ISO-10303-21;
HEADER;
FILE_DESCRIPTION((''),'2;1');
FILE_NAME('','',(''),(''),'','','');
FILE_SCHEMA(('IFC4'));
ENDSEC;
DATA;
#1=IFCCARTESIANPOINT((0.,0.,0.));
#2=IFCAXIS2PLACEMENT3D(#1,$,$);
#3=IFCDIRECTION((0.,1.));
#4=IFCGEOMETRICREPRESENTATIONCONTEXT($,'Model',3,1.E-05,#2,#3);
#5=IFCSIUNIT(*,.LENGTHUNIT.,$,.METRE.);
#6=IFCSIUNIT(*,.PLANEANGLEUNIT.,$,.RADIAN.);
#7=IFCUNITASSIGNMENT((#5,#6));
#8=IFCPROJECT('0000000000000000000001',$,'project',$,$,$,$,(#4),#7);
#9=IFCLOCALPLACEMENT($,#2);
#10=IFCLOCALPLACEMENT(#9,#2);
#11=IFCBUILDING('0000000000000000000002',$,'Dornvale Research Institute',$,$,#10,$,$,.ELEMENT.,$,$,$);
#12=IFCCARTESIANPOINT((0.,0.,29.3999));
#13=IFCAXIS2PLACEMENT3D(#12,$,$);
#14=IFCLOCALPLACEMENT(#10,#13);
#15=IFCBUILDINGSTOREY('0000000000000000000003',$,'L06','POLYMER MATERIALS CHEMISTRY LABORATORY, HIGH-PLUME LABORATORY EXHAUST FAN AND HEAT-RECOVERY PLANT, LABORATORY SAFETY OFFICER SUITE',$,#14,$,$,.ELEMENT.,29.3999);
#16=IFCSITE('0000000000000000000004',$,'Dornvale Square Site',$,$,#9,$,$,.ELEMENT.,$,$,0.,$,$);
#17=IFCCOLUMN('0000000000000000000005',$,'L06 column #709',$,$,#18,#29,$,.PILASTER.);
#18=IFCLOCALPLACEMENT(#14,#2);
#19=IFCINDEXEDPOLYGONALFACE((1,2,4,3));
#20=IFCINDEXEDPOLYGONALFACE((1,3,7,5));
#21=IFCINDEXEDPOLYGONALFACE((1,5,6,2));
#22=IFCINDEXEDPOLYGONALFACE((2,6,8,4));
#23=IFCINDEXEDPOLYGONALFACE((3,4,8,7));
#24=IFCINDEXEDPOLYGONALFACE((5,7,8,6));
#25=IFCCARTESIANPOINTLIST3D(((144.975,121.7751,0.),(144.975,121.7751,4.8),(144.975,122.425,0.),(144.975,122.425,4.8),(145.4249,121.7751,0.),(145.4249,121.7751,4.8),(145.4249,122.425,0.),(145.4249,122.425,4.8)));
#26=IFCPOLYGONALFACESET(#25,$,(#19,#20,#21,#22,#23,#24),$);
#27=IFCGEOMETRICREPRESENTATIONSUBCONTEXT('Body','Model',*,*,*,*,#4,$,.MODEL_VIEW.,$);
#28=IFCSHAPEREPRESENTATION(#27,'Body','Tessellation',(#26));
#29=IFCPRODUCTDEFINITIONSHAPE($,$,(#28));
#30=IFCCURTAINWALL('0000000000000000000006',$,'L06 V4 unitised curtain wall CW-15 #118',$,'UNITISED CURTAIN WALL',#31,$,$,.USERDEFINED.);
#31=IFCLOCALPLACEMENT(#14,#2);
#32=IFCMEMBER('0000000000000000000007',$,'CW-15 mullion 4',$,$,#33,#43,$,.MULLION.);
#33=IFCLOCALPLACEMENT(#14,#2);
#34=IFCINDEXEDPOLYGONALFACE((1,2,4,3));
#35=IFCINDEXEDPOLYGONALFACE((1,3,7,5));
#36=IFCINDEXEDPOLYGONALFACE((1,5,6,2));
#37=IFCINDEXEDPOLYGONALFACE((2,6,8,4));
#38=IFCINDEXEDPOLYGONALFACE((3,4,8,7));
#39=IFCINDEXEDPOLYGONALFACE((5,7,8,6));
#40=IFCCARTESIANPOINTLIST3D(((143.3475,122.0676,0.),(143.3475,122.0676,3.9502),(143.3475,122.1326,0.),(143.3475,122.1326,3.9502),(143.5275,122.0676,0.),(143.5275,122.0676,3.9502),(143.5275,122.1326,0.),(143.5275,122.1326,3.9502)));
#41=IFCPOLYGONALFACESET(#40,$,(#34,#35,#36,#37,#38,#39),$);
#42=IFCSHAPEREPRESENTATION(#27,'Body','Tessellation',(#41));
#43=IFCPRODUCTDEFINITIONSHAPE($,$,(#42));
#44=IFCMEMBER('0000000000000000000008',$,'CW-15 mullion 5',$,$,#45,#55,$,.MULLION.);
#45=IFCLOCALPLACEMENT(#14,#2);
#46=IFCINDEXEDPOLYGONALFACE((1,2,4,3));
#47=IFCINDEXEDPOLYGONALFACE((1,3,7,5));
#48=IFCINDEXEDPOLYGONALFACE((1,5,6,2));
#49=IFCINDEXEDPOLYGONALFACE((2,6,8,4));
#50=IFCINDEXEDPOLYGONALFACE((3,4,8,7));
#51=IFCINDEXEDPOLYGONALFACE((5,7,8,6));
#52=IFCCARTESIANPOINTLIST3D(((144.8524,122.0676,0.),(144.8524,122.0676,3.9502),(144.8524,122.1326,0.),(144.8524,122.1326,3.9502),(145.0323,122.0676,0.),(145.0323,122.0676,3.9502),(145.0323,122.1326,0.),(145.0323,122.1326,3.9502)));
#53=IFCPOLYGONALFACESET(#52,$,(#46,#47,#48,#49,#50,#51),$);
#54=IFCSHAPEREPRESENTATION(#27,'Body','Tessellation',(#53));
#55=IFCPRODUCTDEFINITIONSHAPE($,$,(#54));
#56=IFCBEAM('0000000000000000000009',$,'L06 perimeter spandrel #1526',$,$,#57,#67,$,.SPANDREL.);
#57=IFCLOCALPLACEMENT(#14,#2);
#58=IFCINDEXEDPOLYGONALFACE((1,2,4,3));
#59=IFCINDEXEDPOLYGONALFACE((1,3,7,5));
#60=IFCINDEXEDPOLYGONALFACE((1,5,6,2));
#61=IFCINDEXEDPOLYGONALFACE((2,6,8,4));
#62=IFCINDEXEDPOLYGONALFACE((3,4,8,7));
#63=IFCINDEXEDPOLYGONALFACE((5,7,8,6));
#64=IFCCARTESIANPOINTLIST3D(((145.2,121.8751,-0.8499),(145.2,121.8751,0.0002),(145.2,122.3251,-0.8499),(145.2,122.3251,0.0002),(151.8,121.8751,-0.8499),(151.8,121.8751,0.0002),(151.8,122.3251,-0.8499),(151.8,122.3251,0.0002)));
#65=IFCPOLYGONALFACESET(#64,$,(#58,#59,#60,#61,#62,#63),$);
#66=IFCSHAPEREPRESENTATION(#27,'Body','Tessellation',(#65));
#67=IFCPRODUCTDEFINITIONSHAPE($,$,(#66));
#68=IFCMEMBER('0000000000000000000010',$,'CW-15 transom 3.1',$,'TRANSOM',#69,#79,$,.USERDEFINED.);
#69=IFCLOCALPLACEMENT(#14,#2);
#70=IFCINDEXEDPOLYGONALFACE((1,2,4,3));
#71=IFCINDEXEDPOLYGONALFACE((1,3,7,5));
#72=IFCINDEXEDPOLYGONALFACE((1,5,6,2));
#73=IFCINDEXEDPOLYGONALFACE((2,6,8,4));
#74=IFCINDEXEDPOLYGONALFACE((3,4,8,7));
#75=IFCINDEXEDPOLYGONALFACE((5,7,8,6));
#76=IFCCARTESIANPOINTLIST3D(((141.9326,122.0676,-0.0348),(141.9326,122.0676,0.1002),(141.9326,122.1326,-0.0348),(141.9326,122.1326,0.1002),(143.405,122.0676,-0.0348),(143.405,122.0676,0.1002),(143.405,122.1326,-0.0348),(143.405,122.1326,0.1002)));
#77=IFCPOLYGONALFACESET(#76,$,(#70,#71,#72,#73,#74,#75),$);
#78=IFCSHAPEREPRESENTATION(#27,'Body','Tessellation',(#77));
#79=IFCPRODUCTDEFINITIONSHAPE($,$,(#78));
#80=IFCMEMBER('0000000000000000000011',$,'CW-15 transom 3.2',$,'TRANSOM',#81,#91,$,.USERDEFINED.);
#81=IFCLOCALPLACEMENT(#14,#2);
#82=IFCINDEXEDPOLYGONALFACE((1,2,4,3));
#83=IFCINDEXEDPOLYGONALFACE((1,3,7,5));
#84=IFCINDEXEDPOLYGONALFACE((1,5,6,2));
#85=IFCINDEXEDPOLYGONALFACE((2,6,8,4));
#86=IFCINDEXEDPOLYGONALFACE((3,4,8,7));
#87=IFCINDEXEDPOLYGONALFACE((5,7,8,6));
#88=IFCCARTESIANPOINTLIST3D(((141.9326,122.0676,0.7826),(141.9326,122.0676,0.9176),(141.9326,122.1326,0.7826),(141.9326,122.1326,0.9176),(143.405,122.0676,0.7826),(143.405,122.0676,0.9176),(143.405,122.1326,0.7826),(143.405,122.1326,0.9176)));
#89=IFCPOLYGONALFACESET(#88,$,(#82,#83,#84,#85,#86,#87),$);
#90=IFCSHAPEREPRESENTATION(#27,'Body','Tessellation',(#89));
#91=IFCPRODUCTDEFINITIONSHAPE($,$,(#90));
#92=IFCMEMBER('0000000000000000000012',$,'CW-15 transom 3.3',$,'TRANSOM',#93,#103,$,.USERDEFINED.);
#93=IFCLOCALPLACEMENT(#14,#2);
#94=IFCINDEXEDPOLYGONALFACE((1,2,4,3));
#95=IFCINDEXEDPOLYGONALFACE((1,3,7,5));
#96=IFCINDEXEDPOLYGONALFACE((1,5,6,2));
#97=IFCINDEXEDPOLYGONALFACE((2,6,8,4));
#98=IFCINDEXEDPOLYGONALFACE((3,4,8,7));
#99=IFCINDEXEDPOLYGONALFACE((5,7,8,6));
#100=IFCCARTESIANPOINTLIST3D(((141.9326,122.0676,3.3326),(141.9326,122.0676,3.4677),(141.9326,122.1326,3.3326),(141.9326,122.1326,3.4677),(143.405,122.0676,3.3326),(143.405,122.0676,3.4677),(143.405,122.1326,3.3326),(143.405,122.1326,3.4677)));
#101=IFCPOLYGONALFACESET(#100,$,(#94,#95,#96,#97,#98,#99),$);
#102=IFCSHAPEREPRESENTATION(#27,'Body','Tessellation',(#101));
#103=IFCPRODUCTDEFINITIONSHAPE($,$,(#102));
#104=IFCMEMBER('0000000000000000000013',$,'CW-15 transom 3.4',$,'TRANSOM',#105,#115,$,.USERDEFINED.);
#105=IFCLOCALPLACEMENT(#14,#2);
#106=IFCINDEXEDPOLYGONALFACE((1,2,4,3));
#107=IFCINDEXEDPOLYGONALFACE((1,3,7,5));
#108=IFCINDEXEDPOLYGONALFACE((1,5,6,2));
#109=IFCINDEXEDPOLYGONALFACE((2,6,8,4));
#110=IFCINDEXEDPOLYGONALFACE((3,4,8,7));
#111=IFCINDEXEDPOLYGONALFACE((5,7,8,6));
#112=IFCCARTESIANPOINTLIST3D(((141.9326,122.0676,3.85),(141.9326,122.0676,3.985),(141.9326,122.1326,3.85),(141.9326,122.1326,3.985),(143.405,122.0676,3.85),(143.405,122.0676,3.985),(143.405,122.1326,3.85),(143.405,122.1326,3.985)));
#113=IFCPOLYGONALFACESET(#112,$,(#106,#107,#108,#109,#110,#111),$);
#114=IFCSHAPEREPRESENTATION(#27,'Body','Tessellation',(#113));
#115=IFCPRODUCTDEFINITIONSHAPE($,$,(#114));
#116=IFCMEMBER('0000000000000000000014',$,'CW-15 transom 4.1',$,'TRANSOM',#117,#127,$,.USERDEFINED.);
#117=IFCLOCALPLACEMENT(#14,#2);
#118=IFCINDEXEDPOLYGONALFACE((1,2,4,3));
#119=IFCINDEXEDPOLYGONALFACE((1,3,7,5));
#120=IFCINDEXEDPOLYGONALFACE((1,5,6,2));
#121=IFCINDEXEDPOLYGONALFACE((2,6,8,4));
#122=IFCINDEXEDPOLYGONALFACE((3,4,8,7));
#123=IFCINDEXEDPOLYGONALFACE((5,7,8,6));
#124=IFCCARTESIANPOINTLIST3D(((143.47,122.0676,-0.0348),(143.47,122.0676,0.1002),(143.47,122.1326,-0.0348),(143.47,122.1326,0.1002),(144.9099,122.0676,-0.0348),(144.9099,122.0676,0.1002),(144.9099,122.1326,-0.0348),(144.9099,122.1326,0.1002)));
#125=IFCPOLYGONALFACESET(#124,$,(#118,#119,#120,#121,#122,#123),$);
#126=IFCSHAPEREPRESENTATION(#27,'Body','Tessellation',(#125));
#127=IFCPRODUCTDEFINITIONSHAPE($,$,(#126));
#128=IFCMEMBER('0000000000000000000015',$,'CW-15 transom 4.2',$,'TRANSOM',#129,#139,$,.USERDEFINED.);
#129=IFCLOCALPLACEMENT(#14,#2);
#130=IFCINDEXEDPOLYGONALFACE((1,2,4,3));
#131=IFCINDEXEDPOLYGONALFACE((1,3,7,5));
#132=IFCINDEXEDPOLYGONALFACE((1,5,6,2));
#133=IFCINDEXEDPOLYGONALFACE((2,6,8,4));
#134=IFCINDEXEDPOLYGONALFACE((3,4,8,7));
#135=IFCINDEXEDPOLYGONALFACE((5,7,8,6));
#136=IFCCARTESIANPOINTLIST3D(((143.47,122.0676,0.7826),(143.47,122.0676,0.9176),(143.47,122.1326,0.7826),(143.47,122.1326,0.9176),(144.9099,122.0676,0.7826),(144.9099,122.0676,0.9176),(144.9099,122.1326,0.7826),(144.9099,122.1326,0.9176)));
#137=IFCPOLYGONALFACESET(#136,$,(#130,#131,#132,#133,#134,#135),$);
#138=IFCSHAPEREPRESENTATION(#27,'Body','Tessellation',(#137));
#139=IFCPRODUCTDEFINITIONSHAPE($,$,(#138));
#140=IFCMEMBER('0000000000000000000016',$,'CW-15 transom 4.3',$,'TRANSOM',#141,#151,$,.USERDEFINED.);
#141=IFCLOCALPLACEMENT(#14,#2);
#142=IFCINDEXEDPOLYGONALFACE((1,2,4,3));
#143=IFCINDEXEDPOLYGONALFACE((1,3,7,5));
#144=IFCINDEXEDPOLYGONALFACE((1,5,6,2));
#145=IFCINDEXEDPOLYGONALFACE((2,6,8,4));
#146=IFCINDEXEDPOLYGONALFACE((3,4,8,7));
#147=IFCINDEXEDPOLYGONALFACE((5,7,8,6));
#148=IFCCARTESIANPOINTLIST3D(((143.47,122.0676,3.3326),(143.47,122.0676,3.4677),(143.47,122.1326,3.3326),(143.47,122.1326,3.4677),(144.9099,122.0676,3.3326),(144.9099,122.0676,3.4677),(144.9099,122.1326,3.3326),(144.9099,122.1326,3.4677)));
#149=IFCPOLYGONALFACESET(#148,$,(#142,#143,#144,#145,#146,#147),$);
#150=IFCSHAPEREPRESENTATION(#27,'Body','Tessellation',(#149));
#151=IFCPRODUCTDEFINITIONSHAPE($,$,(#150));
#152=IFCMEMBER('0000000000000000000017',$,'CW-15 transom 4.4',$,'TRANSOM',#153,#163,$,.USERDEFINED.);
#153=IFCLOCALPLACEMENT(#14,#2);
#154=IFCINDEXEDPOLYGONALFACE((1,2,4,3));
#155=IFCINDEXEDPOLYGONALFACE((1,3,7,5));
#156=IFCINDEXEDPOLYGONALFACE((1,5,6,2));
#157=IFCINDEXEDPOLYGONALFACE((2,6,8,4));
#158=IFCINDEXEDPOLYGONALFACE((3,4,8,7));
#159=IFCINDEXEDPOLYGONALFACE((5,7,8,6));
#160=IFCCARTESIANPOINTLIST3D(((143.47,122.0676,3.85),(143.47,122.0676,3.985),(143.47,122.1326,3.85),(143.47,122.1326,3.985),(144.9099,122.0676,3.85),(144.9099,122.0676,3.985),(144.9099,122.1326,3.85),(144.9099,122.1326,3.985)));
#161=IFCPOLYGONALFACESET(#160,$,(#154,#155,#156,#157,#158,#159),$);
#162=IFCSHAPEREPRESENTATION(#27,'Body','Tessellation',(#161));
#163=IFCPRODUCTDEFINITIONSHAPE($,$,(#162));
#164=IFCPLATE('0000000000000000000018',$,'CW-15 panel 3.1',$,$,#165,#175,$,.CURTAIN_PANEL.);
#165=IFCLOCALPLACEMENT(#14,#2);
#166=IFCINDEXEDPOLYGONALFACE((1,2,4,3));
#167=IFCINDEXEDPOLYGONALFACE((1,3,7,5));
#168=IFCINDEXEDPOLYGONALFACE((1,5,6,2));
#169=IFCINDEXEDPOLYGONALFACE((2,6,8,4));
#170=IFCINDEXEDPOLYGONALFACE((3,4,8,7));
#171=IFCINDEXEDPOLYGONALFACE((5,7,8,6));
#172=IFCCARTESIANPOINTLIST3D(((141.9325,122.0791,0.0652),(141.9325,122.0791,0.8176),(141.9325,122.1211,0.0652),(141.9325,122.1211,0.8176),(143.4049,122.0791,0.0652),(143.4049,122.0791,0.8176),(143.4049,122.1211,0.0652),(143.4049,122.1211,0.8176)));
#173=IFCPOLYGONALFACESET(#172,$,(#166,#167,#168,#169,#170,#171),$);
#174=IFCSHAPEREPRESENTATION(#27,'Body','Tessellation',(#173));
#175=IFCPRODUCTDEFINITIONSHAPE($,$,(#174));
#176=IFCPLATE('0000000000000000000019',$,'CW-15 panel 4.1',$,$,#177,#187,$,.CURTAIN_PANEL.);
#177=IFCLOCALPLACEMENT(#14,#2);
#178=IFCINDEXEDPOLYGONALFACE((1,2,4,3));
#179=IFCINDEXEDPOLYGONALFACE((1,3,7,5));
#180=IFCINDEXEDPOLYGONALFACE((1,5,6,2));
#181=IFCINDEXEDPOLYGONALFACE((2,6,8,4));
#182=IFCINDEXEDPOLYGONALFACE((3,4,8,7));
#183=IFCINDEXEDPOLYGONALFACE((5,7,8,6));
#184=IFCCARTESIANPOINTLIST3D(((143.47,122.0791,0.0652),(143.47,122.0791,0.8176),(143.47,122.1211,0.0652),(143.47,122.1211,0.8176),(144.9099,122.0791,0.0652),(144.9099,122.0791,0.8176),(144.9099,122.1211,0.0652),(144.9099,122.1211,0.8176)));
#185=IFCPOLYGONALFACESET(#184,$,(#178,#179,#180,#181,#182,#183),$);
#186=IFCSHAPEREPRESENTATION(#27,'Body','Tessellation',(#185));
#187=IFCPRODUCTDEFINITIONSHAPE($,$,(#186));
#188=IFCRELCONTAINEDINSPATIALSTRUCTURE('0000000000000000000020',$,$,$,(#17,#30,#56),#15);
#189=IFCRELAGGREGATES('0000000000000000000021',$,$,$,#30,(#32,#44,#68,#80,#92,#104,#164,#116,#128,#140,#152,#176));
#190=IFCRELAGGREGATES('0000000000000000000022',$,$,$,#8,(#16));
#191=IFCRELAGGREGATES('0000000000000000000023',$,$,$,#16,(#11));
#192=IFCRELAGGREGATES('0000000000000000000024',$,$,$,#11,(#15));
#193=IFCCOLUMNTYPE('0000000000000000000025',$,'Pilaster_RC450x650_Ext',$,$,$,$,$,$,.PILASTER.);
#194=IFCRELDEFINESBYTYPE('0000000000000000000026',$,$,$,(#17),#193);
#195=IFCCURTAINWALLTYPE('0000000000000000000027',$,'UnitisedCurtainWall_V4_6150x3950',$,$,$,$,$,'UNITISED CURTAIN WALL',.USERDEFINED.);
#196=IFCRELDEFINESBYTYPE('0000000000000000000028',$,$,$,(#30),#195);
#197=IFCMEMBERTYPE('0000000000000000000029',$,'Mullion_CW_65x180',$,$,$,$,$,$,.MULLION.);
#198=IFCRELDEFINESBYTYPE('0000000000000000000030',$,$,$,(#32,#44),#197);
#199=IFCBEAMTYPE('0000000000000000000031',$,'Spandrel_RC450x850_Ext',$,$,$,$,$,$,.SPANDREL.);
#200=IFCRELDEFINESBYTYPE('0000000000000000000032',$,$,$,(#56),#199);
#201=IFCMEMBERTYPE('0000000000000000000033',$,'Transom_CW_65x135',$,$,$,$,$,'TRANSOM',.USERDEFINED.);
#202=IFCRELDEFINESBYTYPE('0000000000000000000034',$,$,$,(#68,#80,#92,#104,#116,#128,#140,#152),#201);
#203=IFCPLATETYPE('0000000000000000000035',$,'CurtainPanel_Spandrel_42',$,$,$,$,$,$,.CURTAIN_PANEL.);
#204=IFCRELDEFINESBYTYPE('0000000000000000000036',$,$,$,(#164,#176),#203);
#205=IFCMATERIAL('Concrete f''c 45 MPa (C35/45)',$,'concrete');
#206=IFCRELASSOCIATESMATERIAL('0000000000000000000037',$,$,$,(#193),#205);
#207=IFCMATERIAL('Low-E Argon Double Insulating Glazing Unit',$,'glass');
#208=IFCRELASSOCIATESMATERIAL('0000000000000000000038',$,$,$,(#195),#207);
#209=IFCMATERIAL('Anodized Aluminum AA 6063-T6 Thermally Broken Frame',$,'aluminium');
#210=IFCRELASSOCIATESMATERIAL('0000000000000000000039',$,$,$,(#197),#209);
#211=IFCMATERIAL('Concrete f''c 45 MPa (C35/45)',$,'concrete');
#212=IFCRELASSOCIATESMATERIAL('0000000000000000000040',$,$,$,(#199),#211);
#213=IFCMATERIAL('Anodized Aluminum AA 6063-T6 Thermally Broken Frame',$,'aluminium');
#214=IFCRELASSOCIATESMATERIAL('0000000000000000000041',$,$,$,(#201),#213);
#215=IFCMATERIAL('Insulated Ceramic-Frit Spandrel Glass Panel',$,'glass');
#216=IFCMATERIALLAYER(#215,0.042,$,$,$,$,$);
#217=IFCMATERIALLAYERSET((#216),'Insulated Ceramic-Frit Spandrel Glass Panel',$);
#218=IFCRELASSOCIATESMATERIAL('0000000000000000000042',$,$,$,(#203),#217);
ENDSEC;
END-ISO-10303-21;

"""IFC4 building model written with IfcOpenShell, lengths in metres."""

from ifc_helpers import new_model, si_unit, direction, frame, origin, origin_2d, place, context, subcontext, project, spatial, rectangle, extrude, material, layer, layer_set, material_profile, profile_set, type_object, element, aggregate, save


model = new_model("IFC4")

# Units and contexts
model_context = context("Model", 3, precision=1e-05, world=origin(), true_north=direction((0.0, 1.0)))
body_context = subcontext(model_context, "Body", "Model", "MODEL_VIEW")
ifc_project = project(units=[si_unit("LENGTHUNIT", "METRE"), si_unit("PLANEANGLEUNIT", "RADIAN")], contexts=[model_context])

# Site, building, storey
site_placement = place(None, origin())
site = spatial("IfcSite", under=ifc_project, at=site_placement, Name="Dornvale Square Site", CompositionType="ELEMENT", RefElevation=0.0)
building_placement = place(site_placement, origin())
building = spatial("IfcBuilding", under=site, at=building_placement, Name="Dornvale Research Institute", CompositionType="ELEMENT")
storey_placement = place(building_placement, frame((0.0, 0.0, 29.3999)))
storey = spatial("IfcBuildingStorey", under=building, at=storey_placement, Name="L06", Description="POLYMER MATERIALS CHEMISTRY LABORATORY, HIGH-PLUME LABORATORY EXHAUST FAN AND HEAT-RECOVERY PLANT, LABORATORY SAFETY OFFICER SUITE", CompositionType="ELEMENT", Elevation=29.3999)

# Column
ifc_material_1 = material(Name="Concrete f'c 45 MPa (C35/45)", Category="concrete")
ifc_material_profile_1 = material_profile(ifc_material_1, rectangle(XDim=0.45, YDim=0.6499, at=origin_2d()), Name="RC 450x650")
ifc_profile_set_1 = profile_set([ifc_material_profile_1], Name="Concrete f'c 45 MPa (C35/45)")
column_type = type_object("IfcColumnType", Name="Pilaster_RC450x650_Ext", PredefinedType="PILASTER", material=ifc_profile_set_1)
column_placement = place(storey_placement, frame((145.2, 122.1001, 0.0), z_axis=(0.0, 0.0, 1.0), x_axis=(1.0, 0.0, 0.0)))
element("IfcColumn", 1, at=column_placement, inside=storey, type_object=column_type, Name="L06 column #709", PredefinedType="PILASTER", context=body_context, shape_type="SweptSolid", body=[
    extrude(rectangle(XDim=0.45, YDim=0.6499, at=origin_2d()), origin(), (0.0, 0.0, 1.0), 4.8),
])

# Curtain wall, members
ifc_material_2 = material(Name="Low-E Argon Double Insulating Glazing Unit", Category="glass")
curtain_wall_type = type_object("IfcCurtainWallType", Name="UnitisedCurtainWall_V4_6150x3950", ElementType="UNITISED CURTAIN WALL", PredefinedType="USERDEFINED", material=ifc_material_2)
curtain_wall_placement = place(storey_placement, origin())
curtain_wall = element("IfcCurtainWall", 2, at=curtain_wall_placement, inside=storey, type_object=curtain_wall_type, Name="L06 V4 unitised curtain wall CW-15 #118", ObjectType="UNITISED CURTAIN WALL", PredefinedType="USERDEFINED")
ifc_material_3 = material(Name="Anodized Aluminum AA 6063-T6 Thermally Broken Frame", Category="aluminium")
ifc_material_profile_2 = material_profile(ifc_material_3, rectangle(XDim=0.0649, YDim=0.1799, at=origin_2d()), Name="ALU MULLION 65x180")
ifc_profile_set_2 = profile_set([ifc_material_profile_2], Name="Anodized Aluminum AA 6063-T6 Thermally Broken Frame")
member_type_1 = type_object("IfcMemberType", Name="Mullion_CW_65x180", PredefinedType="MULLION", material=ifc_profile_set_2)
member_1_placement = place(storey_placement, frame((143.4375, 122.1001, 0.0), z_axis=(0.0, 0.0, 1.0), x_axis=(0.0, 1.0, 0.0)))
member_1 = element("IfcMember", 3, at=member_1_placement, type_object=member_type_1, Name="CW-15 mullion 4", PredefinedType="MULLION", context=body_context, shape_type="SweptSolid", body=[
    extrude(rectangle(XDim=0.0649, YDim=0.1799, at=origin_2d()), origin(), (0.0, 0.0, 1.0), 3.9502),
])
member_2_placement = place(storey_placement, frame((144.9424, 122.1001, 0.0), z_axis=(0.0, 0.0, 1.0), x_axis=(0.0, 1.0, 0.0)))
member_2 = element("IfcMember", 4, at=member_2_placement, type_object=member_type_1, Name="CW-15 mullion 5", PredefinedType="MULLION", context=body_context, shape_type="SweptSolid", body=[
    extrude(rectangle(XDim=0.0649, YDim=0.1799, at=origin_2d()), origin(), (0.0, 0.0, 1.0), 3.9502),
])

# Beam
ifc_material_4 = material(Name="Concrete f'c 45 MPa (C35/45)", Category="concrete")
ifc_material_profile_3 = material_profile(ifc_material_4, rectangle(XDim=0.45, YDim=0.8501, at=origin_2d()), Name="RC 450x850")
ifc_profile_set_3 = profile_set([ifc_material_profile_3], Name="Concrete f'c 45 MPa (C35/45)")
beam_type = type_object("IfcBeamType", Name="Spandrel_RC450x850_Ext", PredefinedType="SPANDREL", material=ifc_profile_set_3)
beam_placement = place(storey_placement, frame((145.2, 122.1001, -0.4248), z_axis=(1.0, 0.0, 0.0), x_axis=(0.0, 1.0, 0.0)))
element("IfcBeam", 5, at=beam_placement, inside=storey, type_object=beam_type, Name="L06 perimeter spandrel #1526", PredefinedType="SPANDREL", context=body_context, shape_type="SweptSolid", body=[
    extrude(rectangle(XDim=0.45, YDim=0.8501, at=origin_2d()), origin(), (0.0, 0.0, 1.0), 6.6001),
])

# Members
ifc_material_5 = material(Name="Anodized Aluminum AA 6063-T6 Thermally Broken Frame", Category="aluminium")
ifc_material_profile_4 = material_profile(ifc_material_5, rectangle(XDim=0.0649, YDim=0.135, at=origin_2d()), Name="ALU TRANSOM 65x135")
ifc_profile_set_4 = profile_set([ifc_material_profile_4], Name="Anodized Aluminum AA 6063-T6 Thermally Broken Frame")
member_type_2 = type_object("IfcMemberType", Name="Transom_CW_65x135", ElementType="TRANSOM", PredefinedType="USERDEFINED", material=ifc_profile_set_4)
member_3_placement = place(storey_placement, frame((141.9326, 122.1001, 0.0327), z_axis=(1.0, 0.0, 0.0), x_axis=(0.0, 1.0, 0.0)))
member_3 = element("IfcMember", 6, at=member_3_placement, type_object=member_type_2, Name="CW-15 transom 3.1", ObjectType="TRANSOM", PredefinedType="USERDEFINED", context=body_context, shape_type="SweptSolid", body=[
    extrude(rectangle(XDim=0.0649, YDim=0.135, at=origin_2d()), origin(), (0.0, 0.0, 1.0), 1.4724),
])
member_4_placement = place(storey_placement, frame((141.9326, 122.1001, 0.8501), z_axis=(1.0, 0.0, 0.0), x_axis=(0.0, 1.0, 0.0)))
member_4 = element("IfcMember", 7, at=member_4_placement, type_object=member_type_2, Name="CW-15 transom 3.2", ObjectType="TRANSOM", PredefinedType="USERDEFINED", context=body_context, shape_type="SweptSolid", body=[
    extrude(rectangle(XDim=0.0649, YDim=0.135, at=origin_2d()), origin(), (0.0, 0.0, 1.0), 1.4724),
])
member_5_placement = place(storey_placement, frame((141.9326, 122.1001, 3.4001), z_axis=(1.0, 0.0, 0.0), x_axis=(0.0, 1.0, 0.0)))
member_5 = element("IfcMember", 8, at=member_5_placement, type_object=member_type_2, Name="CW-15 transom 3.3", ObjectType="TRANSOM", PredefinedType="USERDEFINED", context=body_context, shape_type="SweptSolid", body=[
    extrude(rectangle(XDim=0.0649, YDim=0.135, at=origin_2d()), origin(), (0.0, 0.0, 1.0), 1.4724),
])
member_6_placement = place(storey_placement, frame((141.9326, 122.1001, 3.9175), z_axis=(1.0, 0.0, 0.0), x_axis=(0.0, 1.0, 0.0)))
member_6 = element("IfcMember", 9, at=member_6_placement, type_object=member_type_2, Name="CW-15 transom 3.4", ObjectType="TRANSOM", PredefinedType="USERDEFINED", context=body_context, shape_type="SweptSolid", body=[
    extrude(rectangle(XDim=0.0649, YDim=0.135, at=origin_2d()), origin(), (0.0, 0.0, 1.0), 1.4724),
])
member_7_placement = place(storey_placement, frame((143.47, 122.1001, 0.0327), z_axis=(1.0, 0.0, 0.0), x_axis=(0.0, 1.0, 0.0)))
member_7 = element("IfcMember", 10, at=member_7_placement, type_object=member_type_2, Name="CW-15 transom 4.1", ObjectType="TRANSOM", PredefinedType="USERDEFINED", context=body_context, shape_type="SweptSolid", body=[
    extrude(rectangle(XDim=0.0649, YDim=0.135, at=origin_2d()), origin(), (0.0, 0.0, 1.0), 1.4399),
])
member_8_placement = place(storey_placement, frame((143.47, 122.1001, 0.8501), z_axis=(1.0, 0.0, 0.0), x_axis=(0.0, 1.0, 0.0)))
member_8 = element("IfcMember", 11, at=member_8_placement, type_object=member_type_2, Name="CW-15 transom 4.2", ObjectType="TRANSOM", PredefinedType="USERDEFINED", context=body_context, shape_type="SweptSolid", body=[
    extrude(rectangle(XDim=0.0649, YDim=0.135, at=origin_2d()), origin(), (0.0, 0.0, 1.0), 1.4399),
])
member_9_placement = place(storey_placement, frame((143.47, 122.1001, 3.4001), z_axis=(1.0, 0.0, 0.0), x_axis=(0.0, 1.0, 0.0)))
member_9 = element("IfcMember", 12, at=member_9_placement, type_object=member_type_2, Name="CW-15 transom 4.3", ObjectType="TRANSOM", PredefinedType="USERDEFINED", context=body_context, shape_type="SweptSolid", body=[
    extrude(rectangle(XDim=0.0649, YDim=0.135, at=origin_2d()), origin(), (0.0, 0.0, 1.0), 1.4399),
])
member_10_placement = place(storey_placement, frame((143.47, 122.1001, 3.9175), z_axis=(1.0, 0.0, 0.0), x_axis=(0.0, 1.0, 0.0)))
member_10 = element("IfcMember", 13, at=member_10_placement, type_object=member_type_2, Name="CW-15 transom 4.4", ObjectType="TRANSOM", PredefinedType="USERDEFINED", context=body_context, shape_type="SweptSolid", body=[
    extrude(rectangle(XDim=0.0649, YDim=0.135, at=origin_2d()), origin(), (0.0, 0.0, 1.0), 1.4399),
])

# Plates
ifc_material_6 = material(Name="Insulated Ceramic-Frit Spandrel Glass Panel", Category="glass")
ifc_layer_1 = layer(ifc_material_6, 0.042)
ifc_layer_set_1 = layer_set([ifc_layer_1], Name="Insulated Ceramic-Frit Spandrel Glass Panel")
plate_type_1 = type_object("IfcPlateType", Name="CurtainPanel_Spandrel_42", PredefinedType="CURTAIN_PANEL", material=ifc_layer_set_1)
plate_1_placement = place(storey_placement, frame((142.6687, 122.1001, 0.0652), z_axis=(0.0, 0.0, 1.0), x_axis=(1.0, 0.0, 0.0)))
plate_1 = element("IfcPlate", 14, at=plate_1_placement, type_object=plate_type_1, Name="CW-15 panel 3.1", PredefinedType="CURTAIN_PANEL", context=body_context, shape_type="SweptSolid", body=[
    extrude(rectangle(XDim=1.4724, YDim=0.042, at=origin_2d()), origin(), (0.0, 0.0, 1.0), 0.7524),
])
plate_2_placement = place(storey_placement, frame((144.1899, 122.1001, 0.0652), z_axis=(0.0, 0.0, 1.0), x_axis=(1.0, 0.0, 0.0)))
plate_2 = element("IfcPlate", 15, at=plate_2_placement, type_object=plate_type_1, Name="CW-15 panel 4.1", PredefinedType="CURTAIN_PANEL", context=body_context, shape_type="SweptSolid", body=[
    extrude(rectangle(XDim=1.4399, YDim=0.042, at=origin_2d()), origin(), (0.0, 0.0, 1.0), 0.7524),
])
aggregate(curtain_wall, [member_1, member_2, member_3, member_4, member_5, member_6, plate_1, member_7, member_8, member_9, member_10, plate_2])

save(model, "model.ifc")
